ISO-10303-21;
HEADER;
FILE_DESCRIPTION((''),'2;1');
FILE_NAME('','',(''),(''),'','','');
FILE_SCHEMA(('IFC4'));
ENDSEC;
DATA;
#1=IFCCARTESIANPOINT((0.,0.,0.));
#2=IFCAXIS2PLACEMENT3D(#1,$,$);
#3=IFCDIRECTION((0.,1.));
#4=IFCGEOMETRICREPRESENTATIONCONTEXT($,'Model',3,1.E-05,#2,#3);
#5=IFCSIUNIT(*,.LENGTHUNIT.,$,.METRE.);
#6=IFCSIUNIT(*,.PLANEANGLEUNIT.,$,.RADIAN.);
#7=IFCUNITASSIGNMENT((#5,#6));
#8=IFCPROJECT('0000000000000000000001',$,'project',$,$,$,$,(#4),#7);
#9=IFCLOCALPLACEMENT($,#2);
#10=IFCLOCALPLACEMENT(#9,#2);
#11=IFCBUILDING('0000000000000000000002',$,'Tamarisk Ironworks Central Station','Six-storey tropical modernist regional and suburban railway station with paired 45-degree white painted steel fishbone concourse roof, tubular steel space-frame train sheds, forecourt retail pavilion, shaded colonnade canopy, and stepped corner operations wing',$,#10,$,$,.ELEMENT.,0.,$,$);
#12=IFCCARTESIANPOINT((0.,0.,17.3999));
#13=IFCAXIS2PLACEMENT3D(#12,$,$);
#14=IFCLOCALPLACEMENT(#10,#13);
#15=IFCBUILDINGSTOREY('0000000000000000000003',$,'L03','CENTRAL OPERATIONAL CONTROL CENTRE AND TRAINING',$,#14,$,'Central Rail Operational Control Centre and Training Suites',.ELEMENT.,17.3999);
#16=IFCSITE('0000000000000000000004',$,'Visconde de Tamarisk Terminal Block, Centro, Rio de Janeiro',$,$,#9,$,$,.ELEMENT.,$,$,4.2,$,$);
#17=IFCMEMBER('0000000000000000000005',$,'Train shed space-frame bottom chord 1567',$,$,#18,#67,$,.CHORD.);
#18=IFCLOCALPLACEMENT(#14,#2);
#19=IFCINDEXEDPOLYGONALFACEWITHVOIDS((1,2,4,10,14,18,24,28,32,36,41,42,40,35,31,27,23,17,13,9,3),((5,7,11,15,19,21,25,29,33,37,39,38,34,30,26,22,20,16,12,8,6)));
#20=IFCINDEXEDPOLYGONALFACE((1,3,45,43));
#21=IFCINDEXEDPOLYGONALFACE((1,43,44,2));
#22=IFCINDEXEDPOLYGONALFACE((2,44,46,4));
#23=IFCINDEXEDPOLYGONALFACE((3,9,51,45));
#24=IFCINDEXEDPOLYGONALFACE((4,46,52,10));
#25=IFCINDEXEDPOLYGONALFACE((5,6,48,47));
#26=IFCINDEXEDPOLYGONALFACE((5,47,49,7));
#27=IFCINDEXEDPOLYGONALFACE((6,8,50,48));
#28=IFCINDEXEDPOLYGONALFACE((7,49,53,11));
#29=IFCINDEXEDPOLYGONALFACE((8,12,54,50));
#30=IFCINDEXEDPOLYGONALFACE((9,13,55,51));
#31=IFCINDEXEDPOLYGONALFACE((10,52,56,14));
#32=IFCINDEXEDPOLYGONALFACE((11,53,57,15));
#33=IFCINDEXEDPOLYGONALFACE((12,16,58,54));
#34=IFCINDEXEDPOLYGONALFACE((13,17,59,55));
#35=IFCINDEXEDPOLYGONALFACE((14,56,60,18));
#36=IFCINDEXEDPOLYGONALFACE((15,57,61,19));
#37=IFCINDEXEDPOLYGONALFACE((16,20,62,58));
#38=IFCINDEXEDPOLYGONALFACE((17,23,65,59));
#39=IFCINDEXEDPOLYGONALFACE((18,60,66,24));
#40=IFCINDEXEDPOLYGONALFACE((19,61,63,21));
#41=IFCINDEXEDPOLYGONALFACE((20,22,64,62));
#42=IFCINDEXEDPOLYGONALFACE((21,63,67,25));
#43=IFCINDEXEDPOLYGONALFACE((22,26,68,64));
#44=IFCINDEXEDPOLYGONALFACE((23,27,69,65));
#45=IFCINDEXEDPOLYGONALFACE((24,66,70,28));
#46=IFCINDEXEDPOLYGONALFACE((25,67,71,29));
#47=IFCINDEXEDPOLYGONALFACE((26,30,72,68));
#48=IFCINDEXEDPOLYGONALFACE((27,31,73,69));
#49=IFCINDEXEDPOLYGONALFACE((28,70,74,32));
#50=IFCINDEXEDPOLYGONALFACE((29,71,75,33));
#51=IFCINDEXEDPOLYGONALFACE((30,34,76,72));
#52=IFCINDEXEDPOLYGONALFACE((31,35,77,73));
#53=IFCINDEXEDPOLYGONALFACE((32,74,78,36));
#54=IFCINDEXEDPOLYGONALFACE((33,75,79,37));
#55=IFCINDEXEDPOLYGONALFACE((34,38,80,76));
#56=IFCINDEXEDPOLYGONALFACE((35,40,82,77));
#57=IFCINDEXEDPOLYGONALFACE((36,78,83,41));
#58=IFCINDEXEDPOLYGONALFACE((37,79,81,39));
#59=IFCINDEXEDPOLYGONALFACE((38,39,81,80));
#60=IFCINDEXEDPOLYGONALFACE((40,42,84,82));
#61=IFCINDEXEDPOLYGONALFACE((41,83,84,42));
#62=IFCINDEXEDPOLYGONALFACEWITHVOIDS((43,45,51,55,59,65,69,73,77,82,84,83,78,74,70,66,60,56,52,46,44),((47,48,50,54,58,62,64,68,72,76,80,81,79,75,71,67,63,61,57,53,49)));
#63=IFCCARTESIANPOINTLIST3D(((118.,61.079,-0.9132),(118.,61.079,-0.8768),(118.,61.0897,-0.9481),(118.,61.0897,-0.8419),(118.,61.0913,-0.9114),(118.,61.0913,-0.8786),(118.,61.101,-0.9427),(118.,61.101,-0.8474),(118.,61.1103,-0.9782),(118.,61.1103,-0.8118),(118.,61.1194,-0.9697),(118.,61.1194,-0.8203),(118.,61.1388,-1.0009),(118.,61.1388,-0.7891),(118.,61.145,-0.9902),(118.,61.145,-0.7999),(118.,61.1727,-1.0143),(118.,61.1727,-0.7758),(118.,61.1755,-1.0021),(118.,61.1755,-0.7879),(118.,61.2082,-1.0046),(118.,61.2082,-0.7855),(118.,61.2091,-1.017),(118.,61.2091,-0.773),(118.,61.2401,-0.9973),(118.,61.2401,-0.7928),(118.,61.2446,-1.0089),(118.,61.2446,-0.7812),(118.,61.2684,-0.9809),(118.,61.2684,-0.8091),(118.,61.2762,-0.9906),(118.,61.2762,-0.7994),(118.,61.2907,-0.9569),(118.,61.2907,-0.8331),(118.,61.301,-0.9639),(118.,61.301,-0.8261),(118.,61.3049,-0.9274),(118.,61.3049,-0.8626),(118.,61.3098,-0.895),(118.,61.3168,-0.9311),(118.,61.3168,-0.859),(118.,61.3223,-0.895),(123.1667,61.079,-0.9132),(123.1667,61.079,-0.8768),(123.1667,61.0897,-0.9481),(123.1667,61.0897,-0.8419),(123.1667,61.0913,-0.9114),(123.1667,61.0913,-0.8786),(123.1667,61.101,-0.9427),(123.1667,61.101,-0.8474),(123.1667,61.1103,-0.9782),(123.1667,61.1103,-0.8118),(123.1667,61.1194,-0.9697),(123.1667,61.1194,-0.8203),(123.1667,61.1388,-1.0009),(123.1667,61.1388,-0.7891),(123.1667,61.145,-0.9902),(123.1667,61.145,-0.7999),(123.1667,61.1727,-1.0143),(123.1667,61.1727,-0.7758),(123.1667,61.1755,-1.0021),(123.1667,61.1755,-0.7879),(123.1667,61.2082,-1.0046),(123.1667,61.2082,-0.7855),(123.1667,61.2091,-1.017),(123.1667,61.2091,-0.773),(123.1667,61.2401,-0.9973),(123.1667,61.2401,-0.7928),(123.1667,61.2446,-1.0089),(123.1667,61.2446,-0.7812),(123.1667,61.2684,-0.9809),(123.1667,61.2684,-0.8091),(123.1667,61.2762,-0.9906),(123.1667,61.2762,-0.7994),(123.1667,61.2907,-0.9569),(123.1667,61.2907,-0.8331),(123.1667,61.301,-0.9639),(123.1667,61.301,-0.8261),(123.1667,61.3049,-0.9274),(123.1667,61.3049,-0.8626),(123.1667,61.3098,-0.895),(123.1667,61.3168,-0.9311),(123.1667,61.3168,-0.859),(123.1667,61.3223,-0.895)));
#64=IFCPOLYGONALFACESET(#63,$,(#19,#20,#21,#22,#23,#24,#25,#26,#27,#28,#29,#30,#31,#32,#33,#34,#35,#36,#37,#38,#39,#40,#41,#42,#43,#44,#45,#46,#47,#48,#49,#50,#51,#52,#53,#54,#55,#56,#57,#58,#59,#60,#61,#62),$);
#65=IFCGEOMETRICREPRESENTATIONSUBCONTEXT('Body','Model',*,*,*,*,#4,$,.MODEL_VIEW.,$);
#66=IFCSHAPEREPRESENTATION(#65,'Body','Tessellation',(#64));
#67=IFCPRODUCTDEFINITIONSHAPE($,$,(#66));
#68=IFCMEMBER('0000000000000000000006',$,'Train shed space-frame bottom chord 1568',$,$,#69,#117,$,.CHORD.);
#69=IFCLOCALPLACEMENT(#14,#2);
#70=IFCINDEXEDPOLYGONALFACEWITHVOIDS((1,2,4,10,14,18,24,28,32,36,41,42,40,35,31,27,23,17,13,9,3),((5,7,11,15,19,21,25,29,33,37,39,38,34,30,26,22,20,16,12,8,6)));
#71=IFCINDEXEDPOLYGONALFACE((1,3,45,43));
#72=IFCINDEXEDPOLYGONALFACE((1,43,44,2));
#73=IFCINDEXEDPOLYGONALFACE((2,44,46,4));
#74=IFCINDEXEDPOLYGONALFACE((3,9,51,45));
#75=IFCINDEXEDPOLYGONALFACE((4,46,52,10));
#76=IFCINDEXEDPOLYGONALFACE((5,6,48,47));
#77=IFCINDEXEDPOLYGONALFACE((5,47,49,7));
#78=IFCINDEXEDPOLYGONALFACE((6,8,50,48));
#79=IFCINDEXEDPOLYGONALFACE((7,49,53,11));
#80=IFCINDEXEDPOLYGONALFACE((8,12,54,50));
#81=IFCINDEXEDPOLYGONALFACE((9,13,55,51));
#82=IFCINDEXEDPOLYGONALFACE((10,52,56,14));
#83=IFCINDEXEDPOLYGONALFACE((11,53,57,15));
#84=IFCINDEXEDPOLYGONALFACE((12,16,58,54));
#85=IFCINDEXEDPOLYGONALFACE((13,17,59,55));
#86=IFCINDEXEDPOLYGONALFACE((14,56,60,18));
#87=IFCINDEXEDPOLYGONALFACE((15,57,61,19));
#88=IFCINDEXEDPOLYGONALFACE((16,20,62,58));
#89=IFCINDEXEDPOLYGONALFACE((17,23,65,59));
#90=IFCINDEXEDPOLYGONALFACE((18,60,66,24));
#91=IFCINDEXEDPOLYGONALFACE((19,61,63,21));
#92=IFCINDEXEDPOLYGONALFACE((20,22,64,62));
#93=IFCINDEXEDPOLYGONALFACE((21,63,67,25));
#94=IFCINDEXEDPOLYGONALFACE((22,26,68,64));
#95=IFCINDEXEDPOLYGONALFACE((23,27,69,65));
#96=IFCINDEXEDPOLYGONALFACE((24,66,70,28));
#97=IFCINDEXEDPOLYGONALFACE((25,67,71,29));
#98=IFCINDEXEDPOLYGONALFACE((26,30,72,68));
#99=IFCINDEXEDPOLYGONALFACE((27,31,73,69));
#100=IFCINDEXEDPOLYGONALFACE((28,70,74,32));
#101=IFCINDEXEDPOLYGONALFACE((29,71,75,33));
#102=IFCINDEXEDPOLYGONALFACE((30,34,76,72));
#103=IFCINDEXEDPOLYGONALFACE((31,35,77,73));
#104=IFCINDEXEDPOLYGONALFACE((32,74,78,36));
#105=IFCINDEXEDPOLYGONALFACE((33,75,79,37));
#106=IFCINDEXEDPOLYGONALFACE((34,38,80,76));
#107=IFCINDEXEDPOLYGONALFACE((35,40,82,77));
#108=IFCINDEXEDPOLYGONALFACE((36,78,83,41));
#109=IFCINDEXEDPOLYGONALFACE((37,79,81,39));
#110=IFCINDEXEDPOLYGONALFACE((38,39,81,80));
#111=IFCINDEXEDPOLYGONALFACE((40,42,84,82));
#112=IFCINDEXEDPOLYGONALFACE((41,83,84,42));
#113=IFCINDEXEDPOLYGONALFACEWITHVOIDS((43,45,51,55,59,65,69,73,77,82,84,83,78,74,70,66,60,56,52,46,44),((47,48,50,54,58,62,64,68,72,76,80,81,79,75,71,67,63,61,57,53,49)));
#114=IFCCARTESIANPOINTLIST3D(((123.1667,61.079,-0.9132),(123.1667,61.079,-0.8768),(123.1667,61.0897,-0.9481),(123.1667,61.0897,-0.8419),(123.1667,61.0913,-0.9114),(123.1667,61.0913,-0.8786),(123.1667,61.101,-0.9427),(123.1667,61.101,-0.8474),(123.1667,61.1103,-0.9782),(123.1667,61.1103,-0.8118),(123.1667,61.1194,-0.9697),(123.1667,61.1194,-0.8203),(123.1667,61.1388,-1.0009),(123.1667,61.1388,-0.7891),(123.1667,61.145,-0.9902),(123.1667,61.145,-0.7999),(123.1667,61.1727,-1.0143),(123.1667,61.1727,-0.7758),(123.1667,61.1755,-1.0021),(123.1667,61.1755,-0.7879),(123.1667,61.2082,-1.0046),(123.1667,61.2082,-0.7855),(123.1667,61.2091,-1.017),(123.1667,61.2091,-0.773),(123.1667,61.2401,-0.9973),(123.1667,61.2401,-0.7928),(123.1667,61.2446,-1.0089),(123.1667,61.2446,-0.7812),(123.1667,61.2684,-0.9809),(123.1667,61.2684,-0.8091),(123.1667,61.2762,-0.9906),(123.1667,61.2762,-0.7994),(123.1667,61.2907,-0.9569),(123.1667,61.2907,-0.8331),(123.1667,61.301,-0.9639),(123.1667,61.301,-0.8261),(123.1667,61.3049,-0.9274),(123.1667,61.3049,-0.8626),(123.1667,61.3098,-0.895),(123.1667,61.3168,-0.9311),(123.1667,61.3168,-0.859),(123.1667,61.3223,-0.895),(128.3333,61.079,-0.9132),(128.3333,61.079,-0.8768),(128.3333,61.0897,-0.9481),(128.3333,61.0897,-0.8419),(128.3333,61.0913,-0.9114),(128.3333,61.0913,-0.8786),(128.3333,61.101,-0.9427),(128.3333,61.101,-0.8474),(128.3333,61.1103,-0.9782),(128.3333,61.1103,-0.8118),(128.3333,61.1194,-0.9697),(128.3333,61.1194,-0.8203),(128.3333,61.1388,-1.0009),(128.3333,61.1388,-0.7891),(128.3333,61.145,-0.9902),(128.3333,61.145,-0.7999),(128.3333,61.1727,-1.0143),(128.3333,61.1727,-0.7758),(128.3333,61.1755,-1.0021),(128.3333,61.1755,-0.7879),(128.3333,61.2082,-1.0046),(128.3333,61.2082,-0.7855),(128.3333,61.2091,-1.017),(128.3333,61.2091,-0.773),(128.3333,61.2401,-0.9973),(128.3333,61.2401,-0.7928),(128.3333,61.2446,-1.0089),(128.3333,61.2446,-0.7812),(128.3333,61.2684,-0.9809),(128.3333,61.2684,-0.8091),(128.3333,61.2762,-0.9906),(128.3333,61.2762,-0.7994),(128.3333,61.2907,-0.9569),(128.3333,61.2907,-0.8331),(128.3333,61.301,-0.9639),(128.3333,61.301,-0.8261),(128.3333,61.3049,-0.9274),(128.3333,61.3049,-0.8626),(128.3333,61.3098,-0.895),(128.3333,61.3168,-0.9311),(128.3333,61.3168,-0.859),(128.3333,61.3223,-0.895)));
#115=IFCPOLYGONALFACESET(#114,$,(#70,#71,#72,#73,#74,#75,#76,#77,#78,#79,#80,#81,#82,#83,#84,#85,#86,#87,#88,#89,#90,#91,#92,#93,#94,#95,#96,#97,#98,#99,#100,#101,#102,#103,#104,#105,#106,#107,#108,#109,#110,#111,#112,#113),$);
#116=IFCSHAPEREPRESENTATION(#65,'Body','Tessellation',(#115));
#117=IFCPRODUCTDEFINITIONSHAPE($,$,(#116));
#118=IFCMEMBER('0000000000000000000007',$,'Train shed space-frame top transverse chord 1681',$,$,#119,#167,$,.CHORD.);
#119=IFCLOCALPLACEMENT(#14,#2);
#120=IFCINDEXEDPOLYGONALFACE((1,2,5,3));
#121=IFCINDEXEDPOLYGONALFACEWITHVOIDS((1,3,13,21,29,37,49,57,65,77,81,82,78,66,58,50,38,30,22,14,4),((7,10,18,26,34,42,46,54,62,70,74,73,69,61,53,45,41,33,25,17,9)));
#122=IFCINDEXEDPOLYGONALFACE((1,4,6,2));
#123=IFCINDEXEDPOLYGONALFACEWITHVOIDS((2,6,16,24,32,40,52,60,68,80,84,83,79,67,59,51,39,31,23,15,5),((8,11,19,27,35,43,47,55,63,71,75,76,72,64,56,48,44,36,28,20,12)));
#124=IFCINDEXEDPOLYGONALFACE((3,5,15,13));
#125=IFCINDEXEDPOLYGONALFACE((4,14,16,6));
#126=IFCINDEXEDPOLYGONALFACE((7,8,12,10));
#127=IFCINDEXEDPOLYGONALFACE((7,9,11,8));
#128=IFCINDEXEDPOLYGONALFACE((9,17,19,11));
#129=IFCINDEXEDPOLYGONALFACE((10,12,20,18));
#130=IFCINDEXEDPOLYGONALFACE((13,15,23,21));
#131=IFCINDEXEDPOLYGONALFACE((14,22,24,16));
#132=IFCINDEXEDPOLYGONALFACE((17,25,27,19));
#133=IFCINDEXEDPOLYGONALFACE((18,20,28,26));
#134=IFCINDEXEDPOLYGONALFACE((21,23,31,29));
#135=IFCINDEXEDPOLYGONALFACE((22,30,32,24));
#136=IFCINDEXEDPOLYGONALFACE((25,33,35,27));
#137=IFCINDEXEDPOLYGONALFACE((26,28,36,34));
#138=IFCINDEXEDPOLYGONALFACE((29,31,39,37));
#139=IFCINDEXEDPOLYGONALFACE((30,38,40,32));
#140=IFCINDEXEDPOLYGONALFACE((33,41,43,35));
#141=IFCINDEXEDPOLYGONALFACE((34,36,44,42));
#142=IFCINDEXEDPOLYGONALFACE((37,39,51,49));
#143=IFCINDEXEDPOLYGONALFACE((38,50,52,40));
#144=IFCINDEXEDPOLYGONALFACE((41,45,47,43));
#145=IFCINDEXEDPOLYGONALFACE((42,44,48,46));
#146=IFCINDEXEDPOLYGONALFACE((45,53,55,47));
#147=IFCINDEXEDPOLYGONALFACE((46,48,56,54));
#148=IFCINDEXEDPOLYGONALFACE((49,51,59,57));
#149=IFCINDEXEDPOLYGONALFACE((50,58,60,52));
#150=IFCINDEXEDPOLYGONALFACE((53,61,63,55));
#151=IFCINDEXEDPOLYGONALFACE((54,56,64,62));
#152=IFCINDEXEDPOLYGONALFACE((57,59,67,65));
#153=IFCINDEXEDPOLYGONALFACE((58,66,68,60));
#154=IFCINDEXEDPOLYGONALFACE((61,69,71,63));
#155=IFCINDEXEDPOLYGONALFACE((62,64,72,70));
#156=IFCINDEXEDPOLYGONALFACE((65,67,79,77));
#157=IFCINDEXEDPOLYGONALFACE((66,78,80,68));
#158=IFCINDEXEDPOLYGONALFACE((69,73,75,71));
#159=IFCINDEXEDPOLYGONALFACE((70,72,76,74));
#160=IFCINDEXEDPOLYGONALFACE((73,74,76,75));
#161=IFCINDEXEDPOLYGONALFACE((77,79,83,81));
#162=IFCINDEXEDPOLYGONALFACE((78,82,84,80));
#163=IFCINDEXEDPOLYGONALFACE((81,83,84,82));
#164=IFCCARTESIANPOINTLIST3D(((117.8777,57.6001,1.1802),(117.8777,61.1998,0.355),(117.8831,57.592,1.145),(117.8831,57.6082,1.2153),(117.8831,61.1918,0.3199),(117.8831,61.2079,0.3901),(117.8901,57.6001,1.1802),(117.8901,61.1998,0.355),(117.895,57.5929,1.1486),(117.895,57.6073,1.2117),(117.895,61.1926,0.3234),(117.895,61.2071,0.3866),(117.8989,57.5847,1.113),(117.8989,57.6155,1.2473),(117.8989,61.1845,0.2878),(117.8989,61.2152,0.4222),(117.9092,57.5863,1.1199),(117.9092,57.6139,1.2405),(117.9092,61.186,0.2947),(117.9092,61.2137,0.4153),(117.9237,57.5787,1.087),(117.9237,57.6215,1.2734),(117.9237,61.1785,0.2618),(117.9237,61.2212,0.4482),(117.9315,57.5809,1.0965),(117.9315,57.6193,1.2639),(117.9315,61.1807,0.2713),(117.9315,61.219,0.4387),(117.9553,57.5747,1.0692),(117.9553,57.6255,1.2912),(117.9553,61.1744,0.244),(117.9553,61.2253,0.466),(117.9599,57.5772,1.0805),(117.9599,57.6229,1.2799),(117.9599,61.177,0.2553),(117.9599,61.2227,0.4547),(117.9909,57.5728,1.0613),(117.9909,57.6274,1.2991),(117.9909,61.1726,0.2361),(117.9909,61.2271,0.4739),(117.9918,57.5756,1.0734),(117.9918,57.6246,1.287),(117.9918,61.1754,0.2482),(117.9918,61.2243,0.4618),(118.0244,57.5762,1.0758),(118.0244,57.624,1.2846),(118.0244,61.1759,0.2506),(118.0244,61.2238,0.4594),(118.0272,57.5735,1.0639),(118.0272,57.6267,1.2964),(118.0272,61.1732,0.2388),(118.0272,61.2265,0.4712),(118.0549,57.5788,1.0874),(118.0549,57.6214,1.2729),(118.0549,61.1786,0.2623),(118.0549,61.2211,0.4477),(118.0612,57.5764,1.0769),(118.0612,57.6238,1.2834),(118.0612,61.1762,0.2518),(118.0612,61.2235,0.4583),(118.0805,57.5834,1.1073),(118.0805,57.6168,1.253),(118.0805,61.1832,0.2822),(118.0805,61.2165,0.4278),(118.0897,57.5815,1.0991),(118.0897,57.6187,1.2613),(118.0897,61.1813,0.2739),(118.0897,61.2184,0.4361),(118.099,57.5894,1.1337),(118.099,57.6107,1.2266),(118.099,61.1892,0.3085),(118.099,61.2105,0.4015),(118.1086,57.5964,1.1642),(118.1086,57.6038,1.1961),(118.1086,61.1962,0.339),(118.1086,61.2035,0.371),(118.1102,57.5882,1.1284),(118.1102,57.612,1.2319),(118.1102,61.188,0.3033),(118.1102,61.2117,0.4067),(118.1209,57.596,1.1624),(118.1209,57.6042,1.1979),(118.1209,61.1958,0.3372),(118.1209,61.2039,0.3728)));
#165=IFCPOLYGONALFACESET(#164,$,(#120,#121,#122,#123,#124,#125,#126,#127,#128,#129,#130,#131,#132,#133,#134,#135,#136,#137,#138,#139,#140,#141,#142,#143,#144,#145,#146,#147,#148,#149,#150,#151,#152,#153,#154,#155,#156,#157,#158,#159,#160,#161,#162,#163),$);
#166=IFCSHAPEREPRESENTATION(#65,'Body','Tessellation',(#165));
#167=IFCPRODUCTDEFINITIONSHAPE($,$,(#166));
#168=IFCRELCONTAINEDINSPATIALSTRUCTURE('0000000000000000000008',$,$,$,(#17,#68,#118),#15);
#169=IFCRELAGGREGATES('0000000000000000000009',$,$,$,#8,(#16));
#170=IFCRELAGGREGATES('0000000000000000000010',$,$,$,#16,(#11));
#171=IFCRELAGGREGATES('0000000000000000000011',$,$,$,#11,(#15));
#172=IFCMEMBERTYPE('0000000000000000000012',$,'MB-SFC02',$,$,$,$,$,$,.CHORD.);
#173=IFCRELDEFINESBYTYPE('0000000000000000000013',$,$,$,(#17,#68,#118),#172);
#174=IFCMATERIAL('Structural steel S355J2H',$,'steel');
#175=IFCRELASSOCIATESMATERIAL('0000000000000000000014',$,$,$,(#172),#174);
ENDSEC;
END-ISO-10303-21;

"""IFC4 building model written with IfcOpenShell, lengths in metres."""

from ifc_helpers import new_model, si_unit, direction, frame, origin, origin_2d, place, context, subcontext, project, spatial, hollow_circle, extrude, material, material_profile, profile_set, type_object, element, save


model = new_model("IFC4")

# Units and contexts
model_context = context("Model", 3, precision=1e-05, world=origin(), true_north=direction((0.0, 1.0)))
body_context = subcontext(model_context, "Body", "Model", "MODEL_VIEW")
ifc_project = project(units=[si_unit("LENGTHUNIT", "METRE"), si_unit("PLANEANGLEUNIT", "RADIAN")], contexts=[model_context])

# Site, building, storey
site_placement = place(None, origin())
site = spatial("IfcSite", under=ifc_project, at=site_placement, Name="Visconde de Tamarisk Terminal Block, Centro, Rio de Janeiro", CompositionType="ELEMENT", RefElevation=4.2)
building_placement = place(site_placement, origin())
building = spatial("IfcBuilding", under=site, at=building_placement, Name="Tamarisk Ironworks Central Station", Description="Six-storey tropical modernist regional and suburban railway station with paired 45-degree white painted steel fishbone concourse roof, tubular steel space-frame train sheds, forecourt retail pavilion, shaded colonnade canopy, and stepped corner operations wing", CompositionType="ELEMENT", ElevationOfRefHeight=0.0)
storey_placement = place(building_placement, frame((0.0, 0.0, 17.3999)))
storey = spatial("IfcBuildingStorey", under=building, at=storey_placement, Name="L03", Description="CENTRAL OPERATIONAL CONTROL CENTRE AND TRAINING", LongName="Central Rail Operational Control Centre and Training Suites", CompositionType="ELEMENT", Elevation=17.3999)

# Members
ifc_material_1 = material(Name="Structural steel S355J2H", Category="steel")
ifc_material_profile_1 = material_profile(ifc_material_1, hollow_circle(Radius=0.1223, WallThickness=0.0125, at=origin_2d()), Name="CHS 244.5x12.5")
ifc_profile_set_1 = profile_set([ifc_material_profile_1], Name="Structural steel S355J2H")
member_type_1 = type_object("IfcMemberType", Name="MB-SFC02", PredefinedType="CHORD", material=ifc_profile_set_1)
member_1_placement = place(storey_placement, frame((118.0, 61.2, -0.895), z_axis=(1.0, 0.0, 0.0), x_axis=(0.0, 1.0, 0.0)))
element("IfcMember", 1, at=member_1_placement, inside=storey, type_object=member_type_1, Name="Train shed space-frame bottom chord 1567", PredefinedType="CHORD", context=body_context, shape_type="SweptSolid", body=[
    extrude(hollow_circle(Radius=0.1223, WallThickness=0.0125, at=origin_2d()), origin(), (0.0, 0.0, 1.0), 5.1667),
])
member_2_placement = place(storey_placement, frame((123.1667, 61.2, -0.895), z_axis=(1.0, 0.0, 0.0), x_axis=(0.0, 1.0, 0.0)))
element("IfcMember", 2, at=member_2_placement, inside=storey, type_object=member_type_1, Name="Train shed space-frame bottom chord 1568", PredefinedType="CHORD", context=body_context, shape_type="SweptSolid", body=[
    extrude(hollow_circle(Radius=0.1223, WallThickness=0.0125, at=origin_2d()), origin(), (0.0, 0.0, 1.0), 5.1665),
])
member_3_placement = place(storey_placement, frame((118.0, 57.6001, 1.1802), z_axis=(0.0, 0.974719, -0.223435), x_axis=(-1.0, 0.0, 0.0)))
element("IfcMember", 3, at=member_3_placement, inside=storey, type_object=member_type_1, Name="Train shed space-frame top transverse chord 1681", PredefinedType="CHORD", context=body_context, shape_type="SweptSolid", body=[
    extrude(hollow_circle(Radius=0.1223, WallThickness=0.0125, at=origin_2d()), origin(), (0.0, 0.0, 1.0), 3.6931),
])

save(model, "model.ifc")
